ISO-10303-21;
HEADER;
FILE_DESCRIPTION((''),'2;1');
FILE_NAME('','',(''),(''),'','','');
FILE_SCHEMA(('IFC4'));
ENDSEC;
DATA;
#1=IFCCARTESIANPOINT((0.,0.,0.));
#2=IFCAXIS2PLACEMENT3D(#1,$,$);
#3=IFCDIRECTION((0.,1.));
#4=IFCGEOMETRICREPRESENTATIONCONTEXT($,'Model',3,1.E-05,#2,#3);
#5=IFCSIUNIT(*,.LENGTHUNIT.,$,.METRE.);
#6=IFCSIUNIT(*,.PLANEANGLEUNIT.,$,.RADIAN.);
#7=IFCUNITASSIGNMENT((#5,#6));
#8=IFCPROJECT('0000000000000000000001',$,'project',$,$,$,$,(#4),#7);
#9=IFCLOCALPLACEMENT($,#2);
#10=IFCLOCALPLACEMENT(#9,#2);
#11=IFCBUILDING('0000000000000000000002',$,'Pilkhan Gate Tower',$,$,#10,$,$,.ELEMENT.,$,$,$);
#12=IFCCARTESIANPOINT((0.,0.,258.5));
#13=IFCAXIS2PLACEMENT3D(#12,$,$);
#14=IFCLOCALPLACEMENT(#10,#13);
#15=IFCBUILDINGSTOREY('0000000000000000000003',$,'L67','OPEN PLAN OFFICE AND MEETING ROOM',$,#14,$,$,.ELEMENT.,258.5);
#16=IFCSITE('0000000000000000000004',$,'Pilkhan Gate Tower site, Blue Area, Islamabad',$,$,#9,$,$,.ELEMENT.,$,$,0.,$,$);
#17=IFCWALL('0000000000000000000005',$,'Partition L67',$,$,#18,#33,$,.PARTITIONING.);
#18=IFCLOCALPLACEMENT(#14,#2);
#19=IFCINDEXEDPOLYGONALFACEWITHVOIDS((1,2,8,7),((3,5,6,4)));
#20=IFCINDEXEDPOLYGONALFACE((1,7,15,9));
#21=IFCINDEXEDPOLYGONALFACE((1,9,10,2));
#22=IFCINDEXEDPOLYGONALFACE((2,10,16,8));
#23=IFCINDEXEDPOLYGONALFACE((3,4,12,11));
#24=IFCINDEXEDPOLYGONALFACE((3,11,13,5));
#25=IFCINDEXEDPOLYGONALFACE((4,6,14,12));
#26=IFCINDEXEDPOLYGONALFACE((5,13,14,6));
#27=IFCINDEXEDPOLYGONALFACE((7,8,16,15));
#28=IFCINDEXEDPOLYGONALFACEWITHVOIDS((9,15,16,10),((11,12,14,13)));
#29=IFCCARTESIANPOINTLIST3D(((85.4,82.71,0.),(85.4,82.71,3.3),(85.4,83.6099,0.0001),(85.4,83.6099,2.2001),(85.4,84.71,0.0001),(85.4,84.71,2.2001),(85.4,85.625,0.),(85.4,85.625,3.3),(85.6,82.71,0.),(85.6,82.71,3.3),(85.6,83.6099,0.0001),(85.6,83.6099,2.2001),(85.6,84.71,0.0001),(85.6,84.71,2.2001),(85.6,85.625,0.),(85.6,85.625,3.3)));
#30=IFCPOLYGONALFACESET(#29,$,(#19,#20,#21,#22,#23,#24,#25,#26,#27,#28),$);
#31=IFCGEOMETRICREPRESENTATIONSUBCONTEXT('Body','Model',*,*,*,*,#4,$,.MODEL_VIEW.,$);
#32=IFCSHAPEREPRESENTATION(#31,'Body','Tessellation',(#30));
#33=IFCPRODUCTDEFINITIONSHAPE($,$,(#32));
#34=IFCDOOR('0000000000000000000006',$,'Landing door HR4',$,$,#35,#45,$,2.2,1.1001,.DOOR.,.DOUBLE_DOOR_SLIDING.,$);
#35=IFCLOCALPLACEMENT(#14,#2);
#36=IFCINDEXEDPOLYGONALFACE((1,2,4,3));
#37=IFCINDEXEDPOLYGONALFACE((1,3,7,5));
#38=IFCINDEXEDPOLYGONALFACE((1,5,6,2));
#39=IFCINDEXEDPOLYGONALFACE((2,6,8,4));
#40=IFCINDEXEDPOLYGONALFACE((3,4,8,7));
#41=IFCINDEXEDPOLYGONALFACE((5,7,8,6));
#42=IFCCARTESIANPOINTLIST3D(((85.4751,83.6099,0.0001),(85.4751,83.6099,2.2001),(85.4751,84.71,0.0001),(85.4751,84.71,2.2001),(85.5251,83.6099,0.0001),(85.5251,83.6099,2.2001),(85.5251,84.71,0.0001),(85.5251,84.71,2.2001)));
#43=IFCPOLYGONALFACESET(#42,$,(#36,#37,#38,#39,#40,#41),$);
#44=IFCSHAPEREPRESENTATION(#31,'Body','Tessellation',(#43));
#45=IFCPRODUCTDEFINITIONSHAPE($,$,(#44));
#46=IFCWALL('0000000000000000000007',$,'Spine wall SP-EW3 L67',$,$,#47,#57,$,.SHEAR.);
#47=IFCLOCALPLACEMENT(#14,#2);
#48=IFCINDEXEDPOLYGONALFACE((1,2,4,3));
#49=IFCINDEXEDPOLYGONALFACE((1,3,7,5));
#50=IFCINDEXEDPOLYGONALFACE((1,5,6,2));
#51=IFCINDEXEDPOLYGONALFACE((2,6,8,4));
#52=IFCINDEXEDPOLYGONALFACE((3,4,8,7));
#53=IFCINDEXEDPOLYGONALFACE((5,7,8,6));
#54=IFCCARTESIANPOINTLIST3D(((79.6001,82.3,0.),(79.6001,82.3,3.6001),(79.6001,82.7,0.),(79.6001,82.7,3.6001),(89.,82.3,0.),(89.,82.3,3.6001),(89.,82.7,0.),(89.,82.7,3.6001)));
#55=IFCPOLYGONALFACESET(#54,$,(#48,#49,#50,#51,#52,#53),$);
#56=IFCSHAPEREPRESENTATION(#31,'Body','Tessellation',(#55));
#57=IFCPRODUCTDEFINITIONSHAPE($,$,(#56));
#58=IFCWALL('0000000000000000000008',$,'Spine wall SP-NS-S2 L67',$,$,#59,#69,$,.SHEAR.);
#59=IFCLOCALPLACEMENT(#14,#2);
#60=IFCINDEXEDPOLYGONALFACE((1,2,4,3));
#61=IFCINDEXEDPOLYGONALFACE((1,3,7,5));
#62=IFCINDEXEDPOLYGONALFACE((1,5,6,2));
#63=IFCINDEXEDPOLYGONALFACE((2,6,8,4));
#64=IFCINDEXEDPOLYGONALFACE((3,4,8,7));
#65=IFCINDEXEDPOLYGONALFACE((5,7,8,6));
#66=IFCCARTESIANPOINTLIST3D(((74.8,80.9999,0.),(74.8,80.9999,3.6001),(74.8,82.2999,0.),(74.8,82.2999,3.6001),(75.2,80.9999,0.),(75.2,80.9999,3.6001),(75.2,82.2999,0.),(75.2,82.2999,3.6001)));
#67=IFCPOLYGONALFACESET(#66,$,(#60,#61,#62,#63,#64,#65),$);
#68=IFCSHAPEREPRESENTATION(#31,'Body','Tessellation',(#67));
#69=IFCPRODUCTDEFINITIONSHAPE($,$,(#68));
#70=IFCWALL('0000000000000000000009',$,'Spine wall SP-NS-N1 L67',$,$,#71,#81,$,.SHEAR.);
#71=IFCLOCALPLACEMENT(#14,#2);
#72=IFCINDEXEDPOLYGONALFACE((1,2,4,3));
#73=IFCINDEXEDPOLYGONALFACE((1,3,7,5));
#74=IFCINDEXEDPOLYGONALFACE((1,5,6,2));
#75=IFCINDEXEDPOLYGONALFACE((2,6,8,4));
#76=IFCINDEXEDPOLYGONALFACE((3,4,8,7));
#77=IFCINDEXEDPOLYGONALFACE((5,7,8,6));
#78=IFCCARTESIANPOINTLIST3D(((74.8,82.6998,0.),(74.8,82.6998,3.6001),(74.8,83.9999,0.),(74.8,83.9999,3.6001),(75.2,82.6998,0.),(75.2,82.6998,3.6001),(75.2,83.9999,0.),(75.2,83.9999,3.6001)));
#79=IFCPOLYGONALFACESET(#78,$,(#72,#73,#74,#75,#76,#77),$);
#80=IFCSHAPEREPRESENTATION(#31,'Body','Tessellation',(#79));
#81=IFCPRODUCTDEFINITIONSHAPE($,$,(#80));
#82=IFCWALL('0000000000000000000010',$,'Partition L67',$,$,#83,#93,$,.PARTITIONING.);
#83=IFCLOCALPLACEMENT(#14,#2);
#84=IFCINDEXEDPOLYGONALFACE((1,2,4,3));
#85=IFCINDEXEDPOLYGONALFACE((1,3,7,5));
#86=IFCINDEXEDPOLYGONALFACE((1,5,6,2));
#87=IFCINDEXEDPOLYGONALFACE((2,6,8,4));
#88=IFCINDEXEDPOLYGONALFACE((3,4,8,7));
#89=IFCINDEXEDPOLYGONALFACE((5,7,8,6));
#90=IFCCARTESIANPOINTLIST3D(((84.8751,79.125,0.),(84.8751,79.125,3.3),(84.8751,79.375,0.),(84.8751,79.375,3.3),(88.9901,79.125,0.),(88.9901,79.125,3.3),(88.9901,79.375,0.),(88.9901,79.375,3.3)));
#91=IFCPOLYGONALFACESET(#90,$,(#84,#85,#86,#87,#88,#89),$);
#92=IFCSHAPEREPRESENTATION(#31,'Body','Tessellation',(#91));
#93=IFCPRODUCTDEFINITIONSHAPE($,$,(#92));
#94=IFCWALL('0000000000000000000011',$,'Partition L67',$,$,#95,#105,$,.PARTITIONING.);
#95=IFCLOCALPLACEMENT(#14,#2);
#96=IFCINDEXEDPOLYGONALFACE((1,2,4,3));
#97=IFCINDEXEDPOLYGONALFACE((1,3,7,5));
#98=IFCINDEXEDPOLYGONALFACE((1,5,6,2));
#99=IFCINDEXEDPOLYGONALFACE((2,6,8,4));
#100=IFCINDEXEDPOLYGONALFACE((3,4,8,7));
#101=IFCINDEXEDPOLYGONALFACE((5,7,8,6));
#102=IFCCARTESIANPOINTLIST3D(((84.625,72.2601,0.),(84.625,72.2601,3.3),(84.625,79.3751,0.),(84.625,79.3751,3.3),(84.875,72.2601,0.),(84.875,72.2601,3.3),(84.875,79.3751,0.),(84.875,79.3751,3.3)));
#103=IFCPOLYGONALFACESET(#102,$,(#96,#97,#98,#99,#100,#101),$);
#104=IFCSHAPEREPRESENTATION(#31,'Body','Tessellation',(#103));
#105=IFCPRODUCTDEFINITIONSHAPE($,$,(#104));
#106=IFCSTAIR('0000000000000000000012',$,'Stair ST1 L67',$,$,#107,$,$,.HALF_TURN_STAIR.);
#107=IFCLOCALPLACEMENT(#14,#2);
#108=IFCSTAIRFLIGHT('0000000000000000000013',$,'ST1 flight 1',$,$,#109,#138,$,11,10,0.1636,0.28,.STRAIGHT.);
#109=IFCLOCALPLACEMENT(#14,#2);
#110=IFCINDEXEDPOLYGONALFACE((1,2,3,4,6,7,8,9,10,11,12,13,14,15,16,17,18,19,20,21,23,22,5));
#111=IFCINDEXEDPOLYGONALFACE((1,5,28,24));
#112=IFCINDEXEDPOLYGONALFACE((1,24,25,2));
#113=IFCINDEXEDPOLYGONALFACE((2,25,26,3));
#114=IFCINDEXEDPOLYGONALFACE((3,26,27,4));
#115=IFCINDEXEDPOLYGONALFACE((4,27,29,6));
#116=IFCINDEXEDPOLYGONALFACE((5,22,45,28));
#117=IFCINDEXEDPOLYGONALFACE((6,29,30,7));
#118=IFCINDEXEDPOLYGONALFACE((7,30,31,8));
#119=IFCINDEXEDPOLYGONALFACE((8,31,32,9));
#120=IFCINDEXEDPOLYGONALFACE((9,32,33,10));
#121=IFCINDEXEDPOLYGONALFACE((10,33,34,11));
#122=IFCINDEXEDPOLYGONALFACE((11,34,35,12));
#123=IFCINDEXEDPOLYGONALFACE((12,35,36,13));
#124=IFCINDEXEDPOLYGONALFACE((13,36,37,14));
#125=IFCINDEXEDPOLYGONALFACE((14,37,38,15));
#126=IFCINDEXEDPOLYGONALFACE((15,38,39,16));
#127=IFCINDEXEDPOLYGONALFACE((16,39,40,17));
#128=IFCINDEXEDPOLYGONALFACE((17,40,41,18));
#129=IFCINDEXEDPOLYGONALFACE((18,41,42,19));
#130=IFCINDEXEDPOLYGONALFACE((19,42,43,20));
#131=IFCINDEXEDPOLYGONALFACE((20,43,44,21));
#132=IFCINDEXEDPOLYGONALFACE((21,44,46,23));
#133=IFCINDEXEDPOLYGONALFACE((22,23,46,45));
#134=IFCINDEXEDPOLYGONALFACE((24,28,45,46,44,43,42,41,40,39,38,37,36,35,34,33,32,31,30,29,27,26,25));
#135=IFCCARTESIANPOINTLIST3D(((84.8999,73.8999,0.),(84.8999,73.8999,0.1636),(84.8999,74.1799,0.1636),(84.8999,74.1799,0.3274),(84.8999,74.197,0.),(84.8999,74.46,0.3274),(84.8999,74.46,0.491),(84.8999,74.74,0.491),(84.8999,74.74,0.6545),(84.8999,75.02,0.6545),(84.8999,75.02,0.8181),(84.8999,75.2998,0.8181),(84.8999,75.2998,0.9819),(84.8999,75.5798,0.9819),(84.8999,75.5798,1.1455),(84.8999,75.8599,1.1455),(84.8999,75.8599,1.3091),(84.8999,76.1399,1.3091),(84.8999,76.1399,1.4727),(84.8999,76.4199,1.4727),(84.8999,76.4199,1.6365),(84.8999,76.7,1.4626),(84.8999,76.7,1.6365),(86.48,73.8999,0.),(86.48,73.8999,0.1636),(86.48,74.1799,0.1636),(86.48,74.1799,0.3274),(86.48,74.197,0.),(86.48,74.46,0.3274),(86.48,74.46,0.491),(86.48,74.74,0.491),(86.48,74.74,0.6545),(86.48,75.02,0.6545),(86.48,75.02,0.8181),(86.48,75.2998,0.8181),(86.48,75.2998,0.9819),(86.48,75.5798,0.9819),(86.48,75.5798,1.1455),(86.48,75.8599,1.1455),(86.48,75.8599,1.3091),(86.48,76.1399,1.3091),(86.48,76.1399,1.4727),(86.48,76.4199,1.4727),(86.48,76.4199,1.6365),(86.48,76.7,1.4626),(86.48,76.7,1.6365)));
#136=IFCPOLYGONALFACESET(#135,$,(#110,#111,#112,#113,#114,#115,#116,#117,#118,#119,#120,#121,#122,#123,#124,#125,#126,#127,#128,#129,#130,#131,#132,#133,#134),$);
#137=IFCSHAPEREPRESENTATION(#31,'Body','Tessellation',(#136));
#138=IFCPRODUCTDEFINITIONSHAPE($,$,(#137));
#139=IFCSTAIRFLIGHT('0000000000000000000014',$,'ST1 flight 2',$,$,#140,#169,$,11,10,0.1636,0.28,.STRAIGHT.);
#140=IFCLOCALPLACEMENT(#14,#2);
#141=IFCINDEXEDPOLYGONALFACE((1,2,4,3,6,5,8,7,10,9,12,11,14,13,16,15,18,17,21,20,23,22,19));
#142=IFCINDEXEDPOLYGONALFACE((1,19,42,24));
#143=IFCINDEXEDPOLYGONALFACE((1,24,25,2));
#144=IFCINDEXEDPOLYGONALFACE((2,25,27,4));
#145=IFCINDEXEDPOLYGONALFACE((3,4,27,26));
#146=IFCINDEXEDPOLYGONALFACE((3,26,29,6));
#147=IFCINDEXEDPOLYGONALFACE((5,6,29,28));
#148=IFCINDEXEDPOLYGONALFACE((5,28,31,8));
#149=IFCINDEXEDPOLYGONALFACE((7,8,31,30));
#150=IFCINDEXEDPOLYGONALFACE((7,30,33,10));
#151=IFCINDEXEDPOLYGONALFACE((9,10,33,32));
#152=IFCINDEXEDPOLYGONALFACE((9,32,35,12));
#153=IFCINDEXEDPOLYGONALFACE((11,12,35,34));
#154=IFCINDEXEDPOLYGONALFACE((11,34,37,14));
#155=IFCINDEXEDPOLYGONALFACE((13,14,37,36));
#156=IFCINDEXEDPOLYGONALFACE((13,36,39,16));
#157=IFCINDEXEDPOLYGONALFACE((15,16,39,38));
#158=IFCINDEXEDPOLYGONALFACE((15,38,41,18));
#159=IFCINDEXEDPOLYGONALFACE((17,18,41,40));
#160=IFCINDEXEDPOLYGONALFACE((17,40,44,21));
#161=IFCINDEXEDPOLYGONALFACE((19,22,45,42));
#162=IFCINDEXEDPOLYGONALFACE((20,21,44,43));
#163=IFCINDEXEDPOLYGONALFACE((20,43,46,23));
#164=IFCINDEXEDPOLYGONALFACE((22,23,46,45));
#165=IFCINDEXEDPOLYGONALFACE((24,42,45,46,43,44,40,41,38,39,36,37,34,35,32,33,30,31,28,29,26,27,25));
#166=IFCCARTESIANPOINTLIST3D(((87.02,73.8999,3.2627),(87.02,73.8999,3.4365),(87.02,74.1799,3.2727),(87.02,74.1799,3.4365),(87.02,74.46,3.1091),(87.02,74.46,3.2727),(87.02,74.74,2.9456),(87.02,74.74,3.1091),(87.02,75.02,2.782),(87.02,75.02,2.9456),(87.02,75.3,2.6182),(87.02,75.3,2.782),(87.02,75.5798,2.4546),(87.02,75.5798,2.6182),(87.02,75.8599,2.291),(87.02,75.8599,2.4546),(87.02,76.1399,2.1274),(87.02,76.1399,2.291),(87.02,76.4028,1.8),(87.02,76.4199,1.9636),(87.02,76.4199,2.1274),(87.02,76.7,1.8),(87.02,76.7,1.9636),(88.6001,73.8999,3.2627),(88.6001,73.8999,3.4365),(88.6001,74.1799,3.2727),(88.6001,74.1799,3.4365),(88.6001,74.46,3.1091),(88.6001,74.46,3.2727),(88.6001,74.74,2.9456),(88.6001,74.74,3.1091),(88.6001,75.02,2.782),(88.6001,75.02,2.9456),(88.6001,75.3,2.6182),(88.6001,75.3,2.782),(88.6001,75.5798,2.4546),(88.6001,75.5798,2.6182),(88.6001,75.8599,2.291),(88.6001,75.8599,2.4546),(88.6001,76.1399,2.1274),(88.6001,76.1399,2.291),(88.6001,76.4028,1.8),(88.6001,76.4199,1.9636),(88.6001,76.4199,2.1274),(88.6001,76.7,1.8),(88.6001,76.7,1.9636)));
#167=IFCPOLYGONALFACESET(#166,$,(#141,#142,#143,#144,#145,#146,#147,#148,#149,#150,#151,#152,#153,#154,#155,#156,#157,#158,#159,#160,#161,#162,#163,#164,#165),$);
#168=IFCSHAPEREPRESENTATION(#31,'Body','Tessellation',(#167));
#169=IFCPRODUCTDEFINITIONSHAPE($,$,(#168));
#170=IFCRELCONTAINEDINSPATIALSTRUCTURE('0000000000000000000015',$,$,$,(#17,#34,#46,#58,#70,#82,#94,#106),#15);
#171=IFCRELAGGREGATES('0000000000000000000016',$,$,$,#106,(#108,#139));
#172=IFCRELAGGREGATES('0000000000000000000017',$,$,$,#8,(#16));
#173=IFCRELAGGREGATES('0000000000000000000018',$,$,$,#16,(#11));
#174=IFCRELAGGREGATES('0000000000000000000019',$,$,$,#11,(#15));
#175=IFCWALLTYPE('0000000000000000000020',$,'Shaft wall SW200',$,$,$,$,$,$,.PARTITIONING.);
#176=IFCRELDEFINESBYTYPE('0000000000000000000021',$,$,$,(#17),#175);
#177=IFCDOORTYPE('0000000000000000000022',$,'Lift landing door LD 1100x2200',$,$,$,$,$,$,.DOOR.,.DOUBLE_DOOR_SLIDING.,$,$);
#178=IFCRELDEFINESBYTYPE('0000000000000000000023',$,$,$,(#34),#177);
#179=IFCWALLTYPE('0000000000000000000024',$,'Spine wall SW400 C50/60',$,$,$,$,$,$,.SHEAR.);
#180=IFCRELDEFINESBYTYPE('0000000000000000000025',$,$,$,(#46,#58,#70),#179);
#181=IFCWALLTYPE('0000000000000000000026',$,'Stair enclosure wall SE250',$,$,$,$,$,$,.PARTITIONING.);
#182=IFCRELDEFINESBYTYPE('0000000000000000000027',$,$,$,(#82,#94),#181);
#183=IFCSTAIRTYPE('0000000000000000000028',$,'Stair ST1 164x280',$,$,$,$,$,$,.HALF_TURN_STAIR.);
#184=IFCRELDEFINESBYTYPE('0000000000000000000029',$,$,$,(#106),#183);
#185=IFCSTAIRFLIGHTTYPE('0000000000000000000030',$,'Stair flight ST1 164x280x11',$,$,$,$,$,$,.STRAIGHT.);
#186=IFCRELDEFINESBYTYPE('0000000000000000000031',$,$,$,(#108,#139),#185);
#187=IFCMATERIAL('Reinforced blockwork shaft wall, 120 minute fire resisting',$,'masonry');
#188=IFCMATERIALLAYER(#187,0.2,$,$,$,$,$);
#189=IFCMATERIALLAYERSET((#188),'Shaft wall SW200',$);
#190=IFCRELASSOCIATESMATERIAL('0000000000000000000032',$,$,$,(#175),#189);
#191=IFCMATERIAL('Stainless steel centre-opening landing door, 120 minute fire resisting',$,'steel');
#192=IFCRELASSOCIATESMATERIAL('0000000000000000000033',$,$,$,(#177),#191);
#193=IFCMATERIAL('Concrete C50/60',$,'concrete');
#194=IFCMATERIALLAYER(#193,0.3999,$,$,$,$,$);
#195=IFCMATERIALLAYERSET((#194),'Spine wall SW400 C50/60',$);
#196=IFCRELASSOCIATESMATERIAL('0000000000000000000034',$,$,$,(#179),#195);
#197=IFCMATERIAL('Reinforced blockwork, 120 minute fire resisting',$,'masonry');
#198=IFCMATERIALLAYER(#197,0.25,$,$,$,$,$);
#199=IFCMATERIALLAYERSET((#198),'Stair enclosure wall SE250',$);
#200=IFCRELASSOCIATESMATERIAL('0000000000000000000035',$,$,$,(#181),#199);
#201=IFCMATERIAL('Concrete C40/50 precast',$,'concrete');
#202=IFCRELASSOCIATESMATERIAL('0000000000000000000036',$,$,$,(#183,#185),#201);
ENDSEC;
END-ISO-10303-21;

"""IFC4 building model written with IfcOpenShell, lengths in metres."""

from ifc_helpers import new_model, si_unit, direction, frame, frame_2d, origin, place, context, subcontext, project, spatial, polyline, rectangle, outline, extrude, material, layer, layer_set, type_object, element, fill, aggregate, save


model = new_model("IFC4")

# Units and contexts
model_context = context("Model", 3, precision=1e-05, world=origin(), true_north=direction((0.0, 1.0)))
body_context = subcontext(model_context, "Body", "Model", "MODEL_VIEW")
ifc_project = project(units=[si_unit("LENGTHUNIT", "METRE"), si_unit("PLANEANGLEUNIT", "RADIAN")], contexts=[model_context])

# Site, building, storey
site_placement = place(None, origin())
site = spatial("IfcSite", under=ifc_project, at=site_placement, Name="Pilkhan Gate Tower site, Blue Area, Islamabad", CompositionType="ELEMENT", RefElevation=0.0)
building_placement = place(site_placement, origin())
building = spatial("IfcBuilding", under=site, at=building_placement, Name="Pilkhan Gate Tower", CompositionType="ELEMENT")
storey_placement = place(building_placement, frame((0.0, 0.0, 258.5)))
storey = spatial("IfcBuildingStorey", under=building, at=storey_placement, Name="L67", Description="OPEN PLAN OFFICE AND MEETING ROOM", CompositionType="ELEMENT", Elevation=258.5)

# Shared definitions
ifc_material_1 = material(Name="Concrete C50/60", Category="concrete")

# Wall, opening, door
ifc_material_2 = material(Name="Reinforced blockwork shaft wall, 120 minute fire resisting", Category="masonry")
ifc_layer_1 = layer(ifc_material_2, 0.2)
ifc_layer_set_1 = layer_set([ifc_layer_1], Name="Shaft wall SW200")
wall_type_1 = type_object("IfcWallType", Name="Shaft wall SW200", PredefinedType="PARTITIONING", material=ifc_layer_set_1)
wall_1_placement = place(storey_placement, frame((85.5, 82.71, 0.0), z_axis=(0.0, 0.0, 1.0), x_axis=(0.0, 1.0, 0.0)))
wall_1 = element("IfcWall", 1, at=wall_1_placement, inside=storey, type_object=wall_type_1, Name="Partition L67", PredefinedType="PARTITIONING", context=body_context, shape_type="SweptSolid", body=[
    extrude(rectangle(XDim=2.915, YDim=0.2, at=frame_2d((1.4575, 0.0))), origin(), (0.0, 0.0, 1.0), 3.3),
])
opening_1_placement = place(wall_1_placement, frame((0.8999, 0.0, 0.0)))
opening_1 = element("IfcOpeningElement", 2, at=opening_1_placement, cuts=wall_1, PredefinedType="OPENING", context=body_context, shape_type="SweptSolid", body=[
    extrude(rectangle(XDim=1.1001, YDim=2.2, at=frame_2d((0.55, 1.1001))), frame((0.0, 0.1099, 0.0), z_axis=(0.0, -1.0, 0.0), x_axis=(1.0, 0.0, 0.0)), (0.0, 0.0, 1.0), 0.22),
])
ifc_material_3 = material(Name="Stainless steel centre-opening landing door, 120 minute fire resisting", Category="steel")
door_type_1 = type_object("IfcDoorType", Name="Lift landing door LD 1100x2200", OperationType="DOUBLE_DOOR_SLIDING", PredefinedType="DOOR", material=ifc_material_3)
door_1_placement = place(opening_1_placement, origin())
door_1 = element("IfcDoor", 3, at=door_1_placement, inside=storey, type_object=door_type_1, Name="Landing door HR4", OperationType="DOUBLE_DOOR_SLIDING", OverallHeight=2.2, OverallWidth=1.1001, PredefinedType="DOOR", context=body_context, shape_type="SweptSolid", body=[
    extrude(rectangle(XDim=1.1001, YDim=2.2, at=frame_2d((0.55, 1.1001))), frame((0.0, 0.0249, 0.0), z_axis=(0.0, -1.0, 0.0), x_axis=(1.0, 0.0, 0.0)), (0.0, 0.0, 1.0), 0.05),
])
fill(opening_1, door_1)

# Walls
ifc_layer_2 = layer(ifc_material_1, 0.3999)
ifc_layer_set_2 = layer_set([ifc_layer_2], Name="Spine wall SW400 C50/60")
wall_type_2 = type_object("IfcWallType", Name="Spine wall SW400 C50/60", PredefinedType="SHEAR", material=ifc_layer_set_2)
wall_2_placement = place(storey_placement, frame((79.6001, 82.5, 0.0), z_axis=(0.0, 0.0, 1.0), x_axis=(1.0, 0.0, 0.0)))
element("IfcWall", 4, at=wall_2_placement, inside=storey, type_object=wall_type_2, Name="Spine wall SP-EW3 L67", PredefinedType="SHEAR", context=body_context, shape_type="SweptSolid", body=[
    extrude(rectangle(XDim=9.3999, YDim=0.3999, at=frame_2d((4.7, 0.0))), origin(), (0.0, 0.0, 1.0), 3.6001),
])
for number, where, z_axis, x_axis, name in (
    (5, (75.0, 81.0, 0.0), (0.0, 0.0, 1.0), (0.0, 1.0, 0.0), "Spine wall SP-NS-S2 L67"),
    (6, (75.0, 82.7, 0.0), (0.0, 0.0, 1.0), (0.0, 1.0, 0.0), "Spine wall SP-NS-N1 L67"),
):
    element("IfcWall", number, at=place(storey_placement, frame(where, z_axis=z_axis, x_axis=x_axis)), inside=storey, type_object=wall_type_2, Name=name, PredefinedType="SHEAR", context=body_context, shape_type="SweptSolid", body=[
        extrude(rectangle(XDim=1.3, YDim=0.3999, at=frame_2d((0.6499, 0.0))), origin(), (0.0, 0.0, 1.0), 3.6001),
    ])
ifc_material_4 = material(Name="Reinforced blockwork, 120 minute fire resisting", Category="masonry")
ifc_layer_3 = layer(ifc_material_4, 0.25)
ifc_layer_set_3 = layer_set([ifc_layer_3], Name="Stair enclosure wall SE250")
wall_type_3 = type_object("IfcWallType", Name="Stair enclosure wall SE250", PredefinedType="PARTITIONING", material=ifc_layer_set_3)
wall_3_placement = place(storey_placement, frame((84.875, 79.25, 0.0), z_axis=(0.0, 0.0, 1.0), x_axis=(1.0, 0.0, 0.0)))
element("IfcWall", 7, at=wall_3_placement, inside=storey, type_object=wall_type_3, Name="Partition L67", PredefinedType="PARTITIONING", context=body_context, shape_type="SweptSolid", body=[
    extrude(rectangle(XDim=4.115, YDim=0.25, at=frame_2d((2.0576, 0.0))), origin(), (0.0, 0.0, 1.0), 3.3),
])
wall_4_placement = place(storey_placement, frame((84.75, 72.26, 0.0), z_axis=(0.0, 0.0, 1.0), x_axis=(0.0, 1.0, 0.0)))
element("IfcWall", 8, at=wall_4_placement, inside=storey, type_object=wall_type_3, Name="Partition L67", PredefinedType="PARTITIONING", context=body_context, shape_type="SweptSolid", body=[
    extrude(rectangle(XDim=7.115, YDim=0.25, at=frame_2d((3.5576, 0.0))), origin(), (0.0, 0.0, 1.0), 3.3),
])

# Stair, stair flights
ifc_material_5 = material(Name="Concrete C40/50 precast", Category="concrete")
stair_type = type_object("IfcStairType", Name="Stair ST1 164x280", PredefinedType="HALF_TURN_STAIR", material=ifc_material_5)
stair_placement = place(storey_placement, origin())
stair = element("IfcStair", 9, at=stair_placement, inside=storey, type_object=stair_type, Name="Stair ST1 L67", PredefinedType="HALF_TURN_STAIR")
stair_flight_type = type_object("IfcStairFlightType", Name="Stair flight ST1 164x280x11", PredefinedType="STRAIGHT", material=ifc_material_5)
stair_flight_1_placement = place(storey_placement, frame((85.6899, 73.8999, 0.0), z_axis=(0.0, 0.0, 1.0), x_axis=(0.0, 1.0, 0.0)))
stair_flight_1 = element("IfcStairFlight", 10, at=stair_flight_1_placement, type_object=stair_flight_type, Name="ST1 flight 1", NumberOfRisers=11, NumberOfTreads=10, PredefinedType="STRAIGHT", RiserHeight=0.1636, TreadLength=0.28, context=body_context, shape_type="SweptSolid", body=[
    extrude(outline(polyline([(0.0, 0.0), (0.0, 0.1636), (0.28, 0.1636), (0.28, 0.3274), (0.5601, 0.3274), (0.5601, 0.491), (0.8401, 0.491), (0.8401, 0.6545), (1.1201, 0.6545), (1.1201, 0.8181), (1.3999, 0.8181), (1.3999, 0.9819), (1.6799, 0.9819), (1.6799, 1.1455), (1.96, 1.1455), (1.96, 1.3091), (2.24, 1.3091), (2.24, 1.4727), (2.52, 1.4727), (2.52, 1.6365), (2.8, 1.6365), (2.8, 1.8), (2.8, 1.4626), (0.2971, 0.0), (0.0, 0.0)])), frame((0.0, 0.79, 0.0), z_axis=(0.0, -1.0, 0.0), x_axis=(1.0, 0.0, 0.0)), (0.0, 0.0, 1.0), 1.5801),
])
stair_flight_2_placement = place(storey_placement, frame((87.8101, 76.7, 1.8), z_axis=(0.0, 0.0, 1.0), x_axis=(0.0, -1.0, 0.0)))
stair_flight_2 = element("IfcStairFlight", 11, at=stair_flight_2_placement, type_object=stair_flight_type, Name="ST1 flight 2", NumberOfRisers=11, NumberOfTreads=10, PredefinedType="STRAIGHT", RiserHeight=0.1636, TreadLength=0.28, context=body_context, shape_type="SweptSolid", body=[
    extrude(outline(polyline([(0.0, 0.0), (0.0, 0.1636), (0.28, 0.1636), (0.28, 0.3274), (0.5601, 0.3274), (0.5601, 0.491), (0.8401, 0.491), (0.8401, 0.6545), (1.1201, 0.6545), (1.1201, 0.8181), (1.3999, 0.8181), (1.3999, 0.9819), (1.6799, 0.9819), (1.6799, 1.1455), (1.96, 1.1455), (1.96, 1.3091), (2.24, 1.3091), (2.24, 1.4727), (2.52, 1.4727), (2.52, 1.6365), (2.8, 1.6365), (2.8, 1.8), (2.8, 1.4626), (0.2971, 0.0), (0.0, 0.0)])), frame((0.0, 0.79, 0.0), z_axis=(0.0, -1.0, 0.0), x_axis=(1.0, 0.0, 0.0)), (0.0, 0.0, 1.0), 1.5801),
])
aggregate(stair, [stair_flight_1, stair_flight_2])

save(model, "model.ifc")
